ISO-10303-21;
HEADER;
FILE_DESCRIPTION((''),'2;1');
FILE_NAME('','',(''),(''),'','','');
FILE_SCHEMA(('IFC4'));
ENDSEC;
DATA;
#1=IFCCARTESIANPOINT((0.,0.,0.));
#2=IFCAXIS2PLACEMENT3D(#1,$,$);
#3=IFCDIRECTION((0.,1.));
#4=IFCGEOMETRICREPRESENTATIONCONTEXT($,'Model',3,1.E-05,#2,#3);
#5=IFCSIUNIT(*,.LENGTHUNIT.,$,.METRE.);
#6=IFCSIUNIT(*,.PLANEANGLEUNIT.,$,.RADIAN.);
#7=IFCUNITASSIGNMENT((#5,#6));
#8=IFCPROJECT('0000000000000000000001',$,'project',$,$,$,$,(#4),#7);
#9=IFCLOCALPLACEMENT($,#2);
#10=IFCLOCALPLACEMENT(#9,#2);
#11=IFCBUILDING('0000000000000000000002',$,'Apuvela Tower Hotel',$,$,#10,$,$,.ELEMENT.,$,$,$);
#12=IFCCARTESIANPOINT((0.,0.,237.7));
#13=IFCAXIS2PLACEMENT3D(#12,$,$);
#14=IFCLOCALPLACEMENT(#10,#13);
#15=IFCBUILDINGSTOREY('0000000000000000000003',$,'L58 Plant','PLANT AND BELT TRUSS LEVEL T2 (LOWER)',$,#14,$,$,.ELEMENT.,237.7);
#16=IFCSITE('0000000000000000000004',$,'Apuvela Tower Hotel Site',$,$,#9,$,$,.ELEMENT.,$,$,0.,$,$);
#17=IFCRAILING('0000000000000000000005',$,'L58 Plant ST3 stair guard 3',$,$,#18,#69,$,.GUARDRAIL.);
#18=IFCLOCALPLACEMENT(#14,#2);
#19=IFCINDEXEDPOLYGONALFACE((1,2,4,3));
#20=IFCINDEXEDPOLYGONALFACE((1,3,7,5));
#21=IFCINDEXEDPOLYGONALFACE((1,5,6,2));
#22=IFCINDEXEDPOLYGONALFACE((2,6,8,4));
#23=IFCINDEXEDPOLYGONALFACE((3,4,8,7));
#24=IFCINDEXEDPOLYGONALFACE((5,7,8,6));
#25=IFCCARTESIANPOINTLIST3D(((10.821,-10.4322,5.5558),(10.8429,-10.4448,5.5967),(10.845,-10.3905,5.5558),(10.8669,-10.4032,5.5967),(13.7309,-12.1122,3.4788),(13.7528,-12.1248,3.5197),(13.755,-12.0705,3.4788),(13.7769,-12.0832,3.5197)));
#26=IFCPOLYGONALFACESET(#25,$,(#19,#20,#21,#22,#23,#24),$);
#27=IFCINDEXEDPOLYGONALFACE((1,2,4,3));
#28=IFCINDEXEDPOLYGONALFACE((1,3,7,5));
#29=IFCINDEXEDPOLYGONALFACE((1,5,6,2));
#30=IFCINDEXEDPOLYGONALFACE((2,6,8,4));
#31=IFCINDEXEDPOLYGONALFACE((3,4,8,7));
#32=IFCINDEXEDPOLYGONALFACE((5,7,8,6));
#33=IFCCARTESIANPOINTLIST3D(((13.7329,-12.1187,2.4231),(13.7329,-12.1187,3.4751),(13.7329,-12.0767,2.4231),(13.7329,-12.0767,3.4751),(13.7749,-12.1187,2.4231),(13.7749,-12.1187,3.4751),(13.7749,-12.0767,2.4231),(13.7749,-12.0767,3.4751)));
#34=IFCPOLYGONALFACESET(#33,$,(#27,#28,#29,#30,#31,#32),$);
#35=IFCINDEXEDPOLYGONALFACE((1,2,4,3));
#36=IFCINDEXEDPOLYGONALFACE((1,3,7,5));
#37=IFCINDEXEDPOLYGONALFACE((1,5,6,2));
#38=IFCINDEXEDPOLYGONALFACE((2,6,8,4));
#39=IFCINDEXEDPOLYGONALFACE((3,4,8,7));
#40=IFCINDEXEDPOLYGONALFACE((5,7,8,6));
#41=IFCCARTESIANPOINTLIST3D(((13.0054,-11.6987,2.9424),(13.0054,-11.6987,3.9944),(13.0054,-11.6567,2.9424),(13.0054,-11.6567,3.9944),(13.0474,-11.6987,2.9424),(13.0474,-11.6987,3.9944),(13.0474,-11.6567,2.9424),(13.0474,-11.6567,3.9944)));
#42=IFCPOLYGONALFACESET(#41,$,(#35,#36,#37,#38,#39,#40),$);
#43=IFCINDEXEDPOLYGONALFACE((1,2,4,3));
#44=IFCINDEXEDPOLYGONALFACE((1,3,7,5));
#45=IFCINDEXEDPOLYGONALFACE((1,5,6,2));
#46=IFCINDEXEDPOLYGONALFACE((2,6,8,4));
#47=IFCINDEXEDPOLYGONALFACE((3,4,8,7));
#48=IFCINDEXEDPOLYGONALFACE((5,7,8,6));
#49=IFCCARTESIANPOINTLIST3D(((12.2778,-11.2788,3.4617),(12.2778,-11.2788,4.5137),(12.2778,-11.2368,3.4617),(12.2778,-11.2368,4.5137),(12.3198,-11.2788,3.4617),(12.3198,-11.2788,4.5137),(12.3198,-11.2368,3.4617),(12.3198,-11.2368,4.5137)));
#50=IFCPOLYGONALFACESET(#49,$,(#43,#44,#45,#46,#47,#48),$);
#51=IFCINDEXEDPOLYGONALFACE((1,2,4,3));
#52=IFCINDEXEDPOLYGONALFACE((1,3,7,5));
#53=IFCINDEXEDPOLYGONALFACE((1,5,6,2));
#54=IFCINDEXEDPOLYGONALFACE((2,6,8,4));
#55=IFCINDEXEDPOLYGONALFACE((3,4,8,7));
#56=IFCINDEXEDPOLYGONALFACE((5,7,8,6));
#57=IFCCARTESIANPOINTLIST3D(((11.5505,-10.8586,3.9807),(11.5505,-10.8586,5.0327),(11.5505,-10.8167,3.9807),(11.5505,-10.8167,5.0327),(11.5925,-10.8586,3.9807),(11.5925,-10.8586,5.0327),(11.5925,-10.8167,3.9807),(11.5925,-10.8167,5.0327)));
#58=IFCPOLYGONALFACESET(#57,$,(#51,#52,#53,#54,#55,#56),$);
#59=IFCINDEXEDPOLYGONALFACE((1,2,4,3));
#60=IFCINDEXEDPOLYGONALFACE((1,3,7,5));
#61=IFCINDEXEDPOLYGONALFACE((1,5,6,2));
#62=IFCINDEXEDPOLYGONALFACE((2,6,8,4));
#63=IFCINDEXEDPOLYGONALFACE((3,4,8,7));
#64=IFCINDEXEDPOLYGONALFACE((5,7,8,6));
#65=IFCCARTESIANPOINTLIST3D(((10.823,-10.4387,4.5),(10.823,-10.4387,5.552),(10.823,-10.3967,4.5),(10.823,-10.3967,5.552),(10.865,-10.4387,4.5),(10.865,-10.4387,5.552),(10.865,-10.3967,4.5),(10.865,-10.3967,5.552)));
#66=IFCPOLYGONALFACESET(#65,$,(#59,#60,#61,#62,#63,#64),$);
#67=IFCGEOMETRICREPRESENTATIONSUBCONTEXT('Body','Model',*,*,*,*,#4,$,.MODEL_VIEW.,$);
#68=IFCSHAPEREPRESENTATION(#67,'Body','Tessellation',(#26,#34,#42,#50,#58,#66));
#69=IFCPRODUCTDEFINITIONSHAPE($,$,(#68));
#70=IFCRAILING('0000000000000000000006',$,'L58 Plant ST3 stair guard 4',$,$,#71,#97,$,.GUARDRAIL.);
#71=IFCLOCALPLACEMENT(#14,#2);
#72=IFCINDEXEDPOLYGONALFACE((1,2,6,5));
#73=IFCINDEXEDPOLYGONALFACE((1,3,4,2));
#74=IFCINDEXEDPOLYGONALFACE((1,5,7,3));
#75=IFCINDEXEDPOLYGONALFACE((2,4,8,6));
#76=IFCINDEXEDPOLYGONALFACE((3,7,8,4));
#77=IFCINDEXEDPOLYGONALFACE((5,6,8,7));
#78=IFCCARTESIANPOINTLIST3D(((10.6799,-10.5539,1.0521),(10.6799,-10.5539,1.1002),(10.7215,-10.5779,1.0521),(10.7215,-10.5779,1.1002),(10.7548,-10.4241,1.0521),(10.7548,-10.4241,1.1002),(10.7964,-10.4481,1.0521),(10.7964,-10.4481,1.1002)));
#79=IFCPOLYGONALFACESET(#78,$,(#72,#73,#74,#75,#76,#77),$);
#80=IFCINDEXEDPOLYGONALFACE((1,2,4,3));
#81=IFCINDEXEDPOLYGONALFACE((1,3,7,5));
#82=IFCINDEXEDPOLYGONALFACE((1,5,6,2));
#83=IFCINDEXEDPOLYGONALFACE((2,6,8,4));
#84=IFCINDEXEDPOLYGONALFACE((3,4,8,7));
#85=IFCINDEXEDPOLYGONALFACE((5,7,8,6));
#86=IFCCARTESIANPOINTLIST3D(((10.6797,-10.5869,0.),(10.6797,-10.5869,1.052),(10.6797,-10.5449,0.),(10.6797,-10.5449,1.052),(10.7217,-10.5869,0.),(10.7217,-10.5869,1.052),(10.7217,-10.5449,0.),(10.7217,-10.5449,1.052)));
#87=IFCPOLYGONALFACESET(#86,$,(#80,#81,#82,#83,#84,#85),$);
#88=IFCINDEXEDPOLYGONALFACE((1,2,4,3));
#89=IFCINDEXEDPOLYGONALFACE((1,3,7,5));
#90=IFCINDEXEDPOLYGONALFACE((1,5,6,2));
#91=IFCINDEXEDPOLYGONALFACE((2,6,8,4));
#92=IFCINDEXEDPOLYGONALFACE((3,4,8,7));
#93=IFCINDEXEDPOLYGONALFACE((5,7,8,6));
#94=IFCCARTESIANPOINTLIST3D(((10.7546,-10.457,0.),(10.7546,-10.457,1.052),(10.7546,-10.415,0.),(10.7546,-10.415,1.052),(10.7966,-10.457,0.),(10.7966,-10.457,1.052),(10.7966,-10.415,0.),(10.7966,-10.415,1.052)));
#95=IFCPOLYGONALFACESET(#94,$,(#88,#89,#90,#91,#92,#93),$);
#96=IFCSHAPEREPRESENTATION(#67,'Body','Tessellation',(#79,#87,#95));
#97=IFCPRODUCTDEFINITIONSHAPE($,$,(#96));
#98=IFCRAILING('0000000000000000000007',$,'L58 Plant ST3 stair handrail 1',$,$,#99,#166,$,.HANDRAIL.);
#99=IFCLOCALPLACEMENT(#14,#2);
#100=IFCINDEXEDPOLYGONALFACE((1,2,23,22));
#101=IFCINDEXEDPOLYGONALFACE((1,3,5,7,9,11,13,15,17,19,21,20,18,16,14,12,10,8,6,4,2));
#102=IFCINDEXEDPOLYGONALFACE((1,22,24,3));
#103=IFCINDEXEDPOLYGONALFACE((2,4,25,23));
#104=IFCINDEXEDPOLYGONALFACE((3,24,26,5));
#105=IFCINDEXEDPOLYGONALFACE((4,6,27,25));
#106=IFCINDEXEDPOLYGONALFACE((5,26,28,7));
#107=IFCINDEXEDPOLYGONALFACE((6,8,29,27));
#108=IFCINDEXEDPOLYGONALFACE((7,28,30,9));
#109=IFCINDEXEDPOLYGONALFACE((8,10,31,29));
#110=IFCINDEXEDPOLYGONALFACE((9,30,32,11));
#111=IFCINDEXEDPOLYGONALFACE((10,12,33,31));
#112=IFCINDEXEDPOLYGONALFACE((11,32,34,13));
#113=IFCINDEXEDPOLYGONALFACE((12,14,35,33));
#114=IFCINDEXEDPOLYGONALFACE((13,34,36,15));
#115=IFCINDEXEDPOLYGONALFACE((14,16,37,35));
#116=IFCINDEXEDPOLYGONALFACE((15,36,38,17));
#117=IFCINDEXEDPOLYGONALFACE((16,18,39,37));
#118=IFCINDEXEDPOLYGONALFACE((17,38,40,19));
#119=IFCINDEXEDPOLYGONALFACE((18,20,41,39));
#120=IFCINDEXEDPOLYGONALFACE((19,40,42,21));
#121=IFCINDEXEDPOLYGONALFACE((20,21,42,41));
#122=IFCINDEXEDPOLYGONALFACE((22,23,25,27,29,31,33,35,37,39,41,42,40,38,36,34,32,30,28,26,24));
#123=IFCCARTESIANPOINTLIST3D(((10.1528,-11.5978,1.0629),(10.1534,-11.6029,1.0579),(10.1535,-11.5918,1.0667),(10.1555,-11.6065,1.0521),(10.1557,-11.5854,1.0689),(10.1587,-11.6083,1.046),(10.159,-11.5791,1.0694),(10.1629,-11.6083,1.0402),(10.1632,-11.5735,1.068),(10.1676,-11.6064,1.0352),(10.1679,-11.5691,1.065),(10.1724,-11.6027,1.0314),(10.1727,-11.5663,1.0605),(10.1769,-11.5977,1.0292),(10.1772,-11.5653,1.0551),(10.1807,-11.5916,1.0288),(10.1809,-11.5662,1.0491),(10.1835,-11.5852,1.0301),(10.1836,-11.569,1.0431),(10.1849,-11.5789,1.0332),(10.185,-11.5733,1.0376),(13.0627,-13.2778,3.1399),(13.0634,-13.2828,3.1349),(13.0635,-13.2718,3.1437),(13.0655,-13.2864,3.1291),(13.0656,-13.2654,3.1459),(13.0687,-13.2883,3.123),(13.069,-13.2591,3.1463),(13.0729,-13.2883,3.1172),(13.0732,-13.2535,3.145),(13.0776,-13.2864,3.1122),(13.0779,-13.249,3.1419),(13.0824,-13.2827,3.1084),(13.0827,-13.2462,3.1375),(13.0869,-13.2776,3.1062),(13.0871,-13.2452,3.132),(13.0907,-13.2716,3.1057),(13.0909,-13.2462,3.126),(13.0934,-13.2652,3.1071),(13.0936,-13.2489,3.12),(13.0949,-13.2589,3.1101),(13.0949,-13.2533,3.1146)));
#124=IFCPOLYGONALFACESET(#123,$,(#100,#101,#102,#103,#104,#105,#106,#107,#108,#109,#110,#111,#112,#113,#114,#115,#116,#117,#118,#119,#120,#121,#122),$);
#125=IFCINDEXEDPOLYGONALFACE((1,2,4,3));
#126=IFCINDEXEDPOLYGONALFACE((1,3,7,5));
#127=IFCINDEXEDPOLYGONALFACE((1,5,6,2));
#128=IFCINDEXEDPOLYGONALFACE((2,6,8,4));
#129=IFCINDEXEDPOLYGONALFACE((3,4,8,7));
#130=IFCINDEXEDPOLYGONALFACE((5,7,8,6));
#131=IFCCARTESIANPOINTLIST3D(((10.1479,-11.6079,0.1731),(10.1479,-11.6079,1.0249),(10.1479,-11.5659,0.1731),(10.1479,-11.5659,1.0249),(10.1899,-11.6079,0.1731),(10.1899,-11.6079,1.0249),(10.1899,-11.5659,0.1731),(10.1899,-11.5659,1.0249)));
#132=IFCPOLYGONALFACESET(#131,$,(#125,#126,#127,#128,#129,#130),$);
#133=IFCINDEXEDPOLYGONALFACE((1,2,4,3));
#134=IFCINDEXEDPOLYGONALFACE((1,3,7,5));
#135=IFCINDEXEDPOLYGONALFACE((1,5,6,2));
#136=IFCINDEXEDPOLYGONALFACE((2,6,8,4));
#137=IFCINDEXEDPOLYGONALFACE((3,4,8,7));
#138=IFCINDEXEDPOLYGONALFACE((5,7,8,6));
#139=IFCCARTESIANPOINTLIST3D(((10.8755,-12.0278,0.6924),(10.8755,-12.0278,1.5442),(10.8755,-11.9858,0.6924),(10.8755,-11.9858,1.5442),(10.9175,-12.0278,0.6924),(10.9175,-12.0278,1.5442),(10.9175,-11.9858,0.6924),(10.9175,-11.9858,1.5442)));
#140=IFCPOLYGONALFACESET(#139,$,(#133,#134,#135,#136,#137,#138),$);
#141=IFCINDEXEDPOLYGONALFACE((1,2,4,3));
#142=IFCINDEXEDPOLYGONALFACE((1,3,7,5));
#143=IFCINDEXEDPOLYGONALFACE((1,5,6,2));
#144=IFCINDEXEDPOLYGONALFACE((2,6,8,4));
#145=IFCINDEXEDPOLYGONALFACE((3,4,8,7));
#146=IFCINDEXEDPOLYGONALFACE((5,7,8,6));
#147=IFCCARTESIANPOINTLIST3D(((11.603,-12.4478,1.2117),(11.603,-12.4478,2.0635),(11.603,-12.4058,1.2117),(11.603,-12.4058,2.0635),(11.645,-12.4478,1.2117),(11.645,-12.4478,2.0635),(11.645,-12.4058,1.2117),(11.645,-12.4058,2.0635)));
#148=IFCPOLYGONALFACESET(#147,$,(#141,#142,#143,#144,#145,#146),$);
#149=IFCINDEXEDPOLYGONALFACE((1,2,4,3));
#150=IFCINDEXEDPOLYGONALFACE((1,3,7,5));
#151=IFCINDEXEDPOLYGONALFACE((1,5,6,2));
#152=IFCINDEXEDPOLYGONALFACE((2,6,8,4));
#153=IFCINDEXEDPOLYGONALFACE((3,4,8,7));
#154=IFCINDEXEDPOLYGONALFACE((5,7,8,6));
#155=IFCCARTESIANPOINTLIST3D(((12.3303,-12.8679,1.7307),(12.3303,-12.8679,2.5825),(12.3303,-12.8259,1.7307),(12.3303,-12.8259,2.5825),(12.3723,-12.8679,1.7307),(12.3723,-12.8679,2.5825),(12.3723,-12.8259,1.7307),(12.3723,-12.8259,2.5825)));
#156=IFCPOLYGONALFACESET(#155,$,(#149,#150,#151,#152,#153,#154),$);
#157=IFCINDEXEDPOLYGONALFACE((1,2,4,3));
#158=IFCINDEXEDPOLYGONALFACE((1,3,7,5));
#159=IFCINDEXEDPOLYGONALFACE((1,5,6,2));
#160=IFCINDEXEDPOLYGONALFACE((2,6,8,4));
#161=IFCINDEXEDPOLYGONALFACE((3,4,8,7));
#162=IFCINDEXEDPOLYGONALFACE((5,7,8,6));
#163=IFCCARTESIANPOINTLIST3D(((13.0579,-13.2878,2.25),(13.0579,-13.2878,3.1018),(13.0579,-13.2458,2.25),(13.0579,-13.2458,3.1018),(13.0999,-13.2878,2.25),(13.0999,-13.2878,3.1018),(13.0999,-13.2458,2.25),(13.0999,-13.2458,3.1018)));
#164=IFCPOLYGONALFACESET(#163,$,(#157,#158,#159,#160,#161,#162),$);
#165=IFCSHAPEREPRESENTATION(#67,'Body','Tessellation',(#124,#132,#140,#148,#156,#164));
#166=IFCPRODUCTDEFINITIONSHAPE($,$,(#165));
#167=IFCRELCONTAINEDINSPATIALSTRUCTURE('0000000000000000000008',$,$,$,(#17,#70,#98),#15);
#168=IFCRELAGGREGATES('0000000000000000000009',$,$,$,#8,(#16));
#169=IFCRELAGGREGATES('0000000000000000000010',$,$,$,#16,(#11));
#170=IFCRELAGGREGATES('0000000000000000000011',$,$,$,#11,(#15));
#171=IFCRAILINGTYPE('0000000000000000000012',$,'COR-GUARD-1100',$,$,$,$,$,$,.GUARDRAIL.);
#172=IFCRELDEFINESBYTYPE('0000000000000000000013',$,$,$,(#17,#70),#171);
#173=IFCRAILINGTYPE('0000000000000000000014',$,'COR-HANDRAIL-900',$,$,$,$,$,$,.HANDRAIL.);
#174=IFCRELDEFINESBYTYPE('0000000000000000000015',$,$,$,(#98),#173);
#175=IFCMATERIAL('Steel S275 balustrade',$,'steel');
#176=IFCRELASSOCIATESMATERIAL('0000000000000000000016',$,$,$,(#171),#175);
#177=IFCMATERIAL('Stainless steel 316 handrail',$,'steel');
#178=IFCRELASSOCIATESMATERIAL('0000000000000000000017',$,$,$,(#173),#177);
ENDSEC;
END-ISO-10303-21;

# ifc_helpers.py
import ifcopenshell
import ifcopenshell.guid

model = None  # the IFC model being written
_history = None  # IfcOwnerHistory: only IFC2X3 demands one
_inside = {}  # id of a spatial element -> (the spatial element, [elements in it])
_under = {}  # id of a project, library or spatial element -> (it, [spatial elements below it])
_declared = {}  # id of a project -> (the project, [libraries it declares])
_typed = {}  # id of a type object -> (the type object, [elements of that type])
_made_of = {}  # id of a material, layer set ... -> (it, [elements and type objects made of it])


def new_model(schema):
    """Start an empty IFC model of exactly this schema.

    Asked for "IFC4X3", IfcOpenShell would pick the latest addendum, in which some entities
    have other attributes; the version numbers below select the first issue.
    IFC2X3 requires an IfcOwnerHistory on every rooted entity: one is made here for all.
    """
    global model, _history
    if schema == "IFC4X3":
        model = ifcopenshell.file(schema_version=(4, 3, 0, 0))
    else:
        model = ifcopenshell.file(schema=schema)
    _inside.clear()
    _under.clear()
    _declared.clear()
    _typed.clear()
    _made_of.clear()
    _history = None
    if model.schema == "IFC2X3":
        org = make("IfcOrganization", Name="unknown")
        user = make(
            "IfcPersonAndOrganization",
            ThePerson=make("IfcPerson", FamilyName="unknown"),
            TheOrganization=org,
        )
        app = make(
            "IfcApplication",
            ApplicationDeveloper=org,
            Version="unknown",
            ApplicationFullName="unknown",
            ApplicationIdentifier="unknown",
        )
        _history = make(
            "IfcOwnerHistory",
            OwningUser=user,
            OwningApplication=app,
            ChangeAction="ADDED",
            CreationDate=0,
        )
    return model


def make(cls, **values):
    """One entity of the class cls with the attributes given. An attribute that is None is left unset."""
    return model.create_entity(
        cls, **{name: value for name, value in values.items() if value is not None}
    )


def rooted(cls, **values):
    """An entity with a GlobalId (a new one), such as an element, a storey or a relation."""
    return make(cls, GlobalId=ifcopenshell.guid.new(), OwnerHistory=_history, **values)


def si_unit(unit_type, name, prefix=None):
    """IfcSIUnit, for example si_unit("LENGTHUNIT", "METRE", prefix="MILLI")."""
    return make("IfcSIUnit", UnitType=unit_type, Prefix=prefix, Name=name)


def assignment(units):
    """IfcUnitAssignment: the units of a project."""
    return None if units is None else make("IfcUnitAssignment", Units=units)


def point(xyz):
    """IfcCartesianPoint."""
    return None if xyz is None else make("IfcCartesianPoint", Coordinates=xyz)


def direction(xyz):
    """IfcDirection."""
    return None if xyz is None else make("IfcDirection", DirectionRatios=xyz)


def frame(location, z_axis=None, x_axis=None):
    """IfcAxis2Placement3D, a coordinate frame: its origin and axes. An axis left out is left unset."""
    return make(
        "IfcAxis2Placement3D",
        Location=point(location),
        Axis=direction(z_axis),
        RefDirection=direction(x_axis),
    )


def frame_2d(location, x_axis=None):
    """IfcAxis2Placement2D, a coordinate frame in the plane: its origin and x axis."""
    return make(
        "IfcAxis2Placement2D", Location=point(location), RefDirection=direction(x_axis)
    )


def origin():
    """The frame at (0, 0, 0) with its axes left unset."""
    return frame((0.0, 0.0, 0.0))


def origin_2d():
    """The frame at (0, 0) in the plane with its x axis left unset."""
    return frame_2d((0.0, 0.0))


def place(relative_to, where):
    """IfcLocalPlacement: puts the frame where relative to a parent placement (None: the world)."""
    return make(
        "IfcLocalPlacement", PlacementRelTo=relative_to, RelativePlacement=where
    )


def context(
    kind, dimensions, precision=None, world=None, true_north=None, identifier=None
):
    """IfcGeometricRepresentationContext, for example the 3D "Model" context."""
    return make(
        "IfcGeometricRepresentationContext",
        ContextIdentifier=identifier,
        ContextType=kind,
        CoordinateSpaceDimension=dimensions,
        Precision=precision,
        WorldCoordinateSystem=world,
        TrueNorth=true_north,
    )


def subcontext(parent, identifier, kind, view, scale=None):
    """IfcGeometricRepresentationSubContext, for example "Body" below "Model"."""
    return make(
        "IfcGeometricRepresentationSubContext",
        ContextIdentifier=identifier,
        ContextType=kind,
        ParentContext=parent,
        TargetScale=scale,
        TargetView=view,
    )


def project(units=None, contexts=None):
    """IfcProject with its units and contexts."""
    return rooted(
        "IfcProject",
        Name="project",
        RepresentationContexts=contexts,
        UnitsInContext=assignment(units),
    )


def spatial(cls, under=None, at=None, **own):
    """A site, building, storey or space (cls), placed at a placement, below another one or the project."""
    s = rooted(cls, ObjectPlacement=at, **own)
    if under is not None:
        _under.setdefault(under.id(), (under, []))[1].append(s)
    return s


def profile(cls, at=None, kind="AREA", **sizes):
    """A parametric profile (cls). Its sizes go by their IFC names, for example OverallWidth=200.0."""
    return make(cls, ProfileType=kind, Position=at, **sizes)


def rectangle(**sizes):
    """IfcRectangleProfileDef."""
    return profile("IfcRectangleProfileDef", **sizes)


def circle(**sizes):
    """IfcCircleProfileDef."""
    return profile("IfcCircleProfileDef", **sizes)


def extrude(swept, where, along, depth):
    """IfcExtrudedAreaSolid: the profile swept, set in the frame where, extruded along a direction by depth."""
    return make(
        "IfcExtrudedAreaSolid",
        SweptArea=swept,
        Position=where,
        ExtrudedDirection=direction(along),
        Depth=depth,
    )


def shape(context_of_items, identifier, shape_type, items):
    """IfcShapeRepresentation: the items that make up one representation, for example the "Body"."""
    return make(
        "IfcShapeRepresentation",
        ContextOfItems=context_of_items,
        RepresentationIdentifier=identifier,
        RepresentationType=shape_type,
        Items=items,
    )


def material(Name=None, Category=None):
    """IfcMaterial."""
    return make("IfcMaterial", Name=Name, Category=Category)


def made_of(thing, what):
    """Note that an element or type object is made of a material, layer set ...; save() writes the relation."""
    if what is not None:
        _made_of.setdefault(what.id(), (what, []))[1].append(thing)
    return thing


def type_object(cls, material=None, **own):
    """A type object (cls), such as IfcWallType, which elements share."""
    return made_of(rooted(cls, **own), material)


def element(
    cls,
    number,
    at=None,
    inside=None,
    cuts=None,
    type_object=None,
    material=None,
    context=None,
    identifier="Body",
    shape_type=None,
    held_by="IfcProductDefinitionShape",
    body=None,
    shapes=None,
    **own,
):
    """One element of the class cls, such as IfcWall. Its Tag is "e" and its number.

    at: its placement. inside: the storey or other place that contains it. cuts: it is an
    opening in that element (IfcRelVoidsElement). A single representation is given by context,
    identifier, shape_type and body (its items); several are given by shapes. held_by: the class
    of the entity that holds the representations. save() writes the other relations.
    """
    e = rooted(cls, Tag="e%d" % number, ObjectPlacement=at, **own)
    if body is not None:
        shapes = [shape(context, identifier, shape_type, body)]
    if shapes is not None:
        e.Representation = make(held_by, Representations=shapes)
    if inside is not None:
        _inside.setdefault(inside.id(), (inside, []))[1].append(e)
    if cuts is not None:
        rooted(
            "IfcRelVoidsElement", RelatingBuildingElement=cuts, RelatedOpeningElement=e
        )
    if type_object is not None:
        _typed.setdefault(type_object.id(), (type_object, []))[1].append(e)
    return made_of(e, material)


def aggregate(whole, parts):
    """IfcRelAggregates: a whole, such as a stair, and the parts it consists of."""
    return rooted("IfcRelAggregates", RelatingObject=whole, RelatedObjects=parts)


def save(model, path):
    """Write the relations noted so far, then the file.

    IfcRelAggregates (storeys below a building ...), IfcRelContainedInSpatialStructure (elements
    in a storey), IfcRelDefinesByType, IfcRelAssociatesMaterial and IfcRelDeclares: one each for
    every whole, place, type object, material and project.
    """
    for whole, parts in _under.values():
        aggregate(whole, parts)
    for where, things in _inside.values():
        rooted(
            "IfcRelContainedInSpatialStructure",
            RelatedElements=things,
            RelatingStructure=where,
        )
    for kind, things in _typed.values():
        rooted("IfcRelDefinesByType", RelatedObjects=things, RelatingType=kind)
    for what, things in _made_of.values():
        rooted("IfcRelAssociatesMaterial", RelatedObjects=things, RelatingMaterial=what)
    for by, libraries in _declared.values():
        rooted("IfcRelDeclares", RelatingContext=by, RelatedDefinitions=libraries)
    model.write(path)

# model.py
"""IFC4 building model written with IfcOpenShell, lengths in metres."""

from ifc_helpers import new_model, si_unit, direction, frame, origin, origin_2d, place, context, subcontext, project, spatial, rectangle, circle, extrude, material, type_object, element, save


model = new_model("IFC4")

# Units and contexts
model_context = context("Model", 3, precision=1e-05, world=origin(), true_north=direction((0.0, 1.0)))
body_context = subcontext(model_context, "Body", "Model", "MODEL_VIEW")
ifc_project = project(units=[si_unit("LENGTHUNIT", "METRE"), si_unit("PLANEANGLEUNIT", "RADIAN")], contexts=[model_context])

# Site, building, storey
site_placement = place(None, origin())
site = spatial("IfcSite", under=ifc_project, at=site_placement, Name="Apuvela Tower Hotel Site", CompositionType="ELEMENT", RefElevation=0.0)
building_placement = place(site_placement, origin())
building = spatial("IfcBuilding", under=site, at=building_placement, Name="Apuvela Tower Hotel", CompositionType="ELEMENT")
storey_placement = place(building_placement, frame((0.0, 0.0, 237.7)))
storey = spatial("IfcBuildingStorey", under=building, at=storey_placement, Name="L58 Plant", Description="PLANT AND BELT TRUSS LEVEL T2 (LOWER)", CompositionType="ELEMENT", Elevation=237.7)

# Railings
ifc_material_1 = material(Name="Steel S275 balustrade", Category="steel")
railing_type_1 = type_object("IfcRailingType", Name="COR-GUARD-1100", PredefinedType="GUARDRAIL", material=ifc_material_1)
railing_1_placement = place(storey_placement, frame((13.7539, -12.0977, 2.4231)))
element("IfcRailing", 1, at=railing_1_placement, inside=storey, type_object=railing_type_1, Name="L58 Plant ST3 stair guard 3", PredefinedType="GUARDRAIL", context=body_context, shape_type="SweptSolid", body=[
    extrude(rectangle(XDim=0.0481, YDim=0.0481, at=origin_2d()), frame((0.0, 0.0, 1.0762), z_axis=(-0.736668, 0.425288, 0.525785), x_axis=(-0.499976, -0.866039, 0.0)), (0.0, 0.0, 1.0), 3.9502),
    extrude(rectangle(XDim=0.042, YDim=0.042, at=origin_2d()), origin(), (0.0, 0.0, 1.0), 1.052),
    extrude(rectangle(XDim=0.042, YDim=0.042, at=origin_2d()), frame((-0.7275, 0.4199, 0.5193)), (0.0, 0.0, 1.0), 1.052),
    extrude(rectangle(XDim=0.042, YDim=0.042, at=origin_2d()), frame((-1.4551, 0.8398, 1.0386)), (0.0, 0.0, 1.0), 1.052),
    extrude(rectangle(XDim=0.042, YDim=0.042, at=origin_2d()), frame((-2.1824, 1.26, 1.5576)), (0.0, 0.0, 1.0), 1.052),
    extrude(rectangle(XDim=0.042, YDim=0.042, at=origin_2d()), frame((-2.9099, 1.6799, 2.0769)), (0.0, 0.0, 1.0), 1.052),
])
railing_2_placement = place(storey_placement, frame((10.7007, -10.5659, 0.0)))
element("IfcRailing", 2, at=railing_2_placement, inside=storey, type_object=railing_type_1, Name="L58 Plant ST3 stair guard 4", PredefinedType="GUARDRAIL", context=body_context, shape_type="SweptSolid", body=[
    extrude(rectangle(XDim=0.0481, YDim=0.0481, at=origin_2d()), frame((0.0, 0.0, 1.0762), z_axis=(0.499816, 0.866131, 0.0), x_axis=(-0.866131, 0.499816, 0.0)), (0.0, 0.0, 1.0), 0.1499),
    extrude(rectangle(XDim=0.042, YDim=0.042, at=origin_2d()), origin(), (0.0, 0.0, 1.0), 1.052),
    extrude(rectangle(XDim=0.042, YDim=0.042, at=origin_2d()), frame((0.075, 0.1299, 0.0)), (0.0, 0.0, 1.0), 1.052),
])
ifc_material_2 = material(Name="Stainless steel 316 handrail", Category="steel")
railing_type_2 = type_object("IfcRailingType", Name="COR-HANDRAIL-900", PredefinedType="HANDRAIL", material=ifc_material_2)
railing_3_placement = place(storey_placement, frame((10.1689, -11.5869, 0.1731)))
element("IfcRailing", 3, at=railing_3_placement, inside=storey, type_object=railing_type_2, Name="L58 Plant ST3 stair handrail 1", PredefinedType="HANDRAIL", context=body_context, shape_type="SweptSolid", body=[
    extrude(circle(Radius=0.0239, at=origin_2d()), frame((0.0, 0.0, 0.876), z_axis=(0.736668, -0.425288, 0.525785), x_axis=(0.499976, 0.866039, 0.0)), (0.0, 0.0, 1.0), 3.9502),
    extrude(rectangle(XDim=0.042, YDim=0.042, at=origin_2d()), origin(), (0.0, 0.0, 1.0), 0.8518),
    extrude(rectangle(XDim=0.042, YDim=0.042, at=origin_2d()), frame((0.7275, -0.4199, 0.5193)), (0.0, 0.0, 1.0), 0.8518),
    extrude(rectangle(XDim=0.042, YDim=0.042, at=origin_2d()), frame((1.4551, -0.8398, 1.0386)), (0.0, 0.0, 1.0), 0.8518),
    extrude(rectangle(XDim=0.042, YDim=0.042, at=origin_2d()), frame((2.1824, -1.26, 1.5576)), (0.0, 0.0, 1.0), 0.8518),
    extrude(rectangle(XDim=0.042, YDim=0.042, at=origin_2d()), frame((2.9099, -1.6799, 2.0769)), (0.0, 0.0, 1.0), 0.8518),
])

save(model, "model.ifc")
